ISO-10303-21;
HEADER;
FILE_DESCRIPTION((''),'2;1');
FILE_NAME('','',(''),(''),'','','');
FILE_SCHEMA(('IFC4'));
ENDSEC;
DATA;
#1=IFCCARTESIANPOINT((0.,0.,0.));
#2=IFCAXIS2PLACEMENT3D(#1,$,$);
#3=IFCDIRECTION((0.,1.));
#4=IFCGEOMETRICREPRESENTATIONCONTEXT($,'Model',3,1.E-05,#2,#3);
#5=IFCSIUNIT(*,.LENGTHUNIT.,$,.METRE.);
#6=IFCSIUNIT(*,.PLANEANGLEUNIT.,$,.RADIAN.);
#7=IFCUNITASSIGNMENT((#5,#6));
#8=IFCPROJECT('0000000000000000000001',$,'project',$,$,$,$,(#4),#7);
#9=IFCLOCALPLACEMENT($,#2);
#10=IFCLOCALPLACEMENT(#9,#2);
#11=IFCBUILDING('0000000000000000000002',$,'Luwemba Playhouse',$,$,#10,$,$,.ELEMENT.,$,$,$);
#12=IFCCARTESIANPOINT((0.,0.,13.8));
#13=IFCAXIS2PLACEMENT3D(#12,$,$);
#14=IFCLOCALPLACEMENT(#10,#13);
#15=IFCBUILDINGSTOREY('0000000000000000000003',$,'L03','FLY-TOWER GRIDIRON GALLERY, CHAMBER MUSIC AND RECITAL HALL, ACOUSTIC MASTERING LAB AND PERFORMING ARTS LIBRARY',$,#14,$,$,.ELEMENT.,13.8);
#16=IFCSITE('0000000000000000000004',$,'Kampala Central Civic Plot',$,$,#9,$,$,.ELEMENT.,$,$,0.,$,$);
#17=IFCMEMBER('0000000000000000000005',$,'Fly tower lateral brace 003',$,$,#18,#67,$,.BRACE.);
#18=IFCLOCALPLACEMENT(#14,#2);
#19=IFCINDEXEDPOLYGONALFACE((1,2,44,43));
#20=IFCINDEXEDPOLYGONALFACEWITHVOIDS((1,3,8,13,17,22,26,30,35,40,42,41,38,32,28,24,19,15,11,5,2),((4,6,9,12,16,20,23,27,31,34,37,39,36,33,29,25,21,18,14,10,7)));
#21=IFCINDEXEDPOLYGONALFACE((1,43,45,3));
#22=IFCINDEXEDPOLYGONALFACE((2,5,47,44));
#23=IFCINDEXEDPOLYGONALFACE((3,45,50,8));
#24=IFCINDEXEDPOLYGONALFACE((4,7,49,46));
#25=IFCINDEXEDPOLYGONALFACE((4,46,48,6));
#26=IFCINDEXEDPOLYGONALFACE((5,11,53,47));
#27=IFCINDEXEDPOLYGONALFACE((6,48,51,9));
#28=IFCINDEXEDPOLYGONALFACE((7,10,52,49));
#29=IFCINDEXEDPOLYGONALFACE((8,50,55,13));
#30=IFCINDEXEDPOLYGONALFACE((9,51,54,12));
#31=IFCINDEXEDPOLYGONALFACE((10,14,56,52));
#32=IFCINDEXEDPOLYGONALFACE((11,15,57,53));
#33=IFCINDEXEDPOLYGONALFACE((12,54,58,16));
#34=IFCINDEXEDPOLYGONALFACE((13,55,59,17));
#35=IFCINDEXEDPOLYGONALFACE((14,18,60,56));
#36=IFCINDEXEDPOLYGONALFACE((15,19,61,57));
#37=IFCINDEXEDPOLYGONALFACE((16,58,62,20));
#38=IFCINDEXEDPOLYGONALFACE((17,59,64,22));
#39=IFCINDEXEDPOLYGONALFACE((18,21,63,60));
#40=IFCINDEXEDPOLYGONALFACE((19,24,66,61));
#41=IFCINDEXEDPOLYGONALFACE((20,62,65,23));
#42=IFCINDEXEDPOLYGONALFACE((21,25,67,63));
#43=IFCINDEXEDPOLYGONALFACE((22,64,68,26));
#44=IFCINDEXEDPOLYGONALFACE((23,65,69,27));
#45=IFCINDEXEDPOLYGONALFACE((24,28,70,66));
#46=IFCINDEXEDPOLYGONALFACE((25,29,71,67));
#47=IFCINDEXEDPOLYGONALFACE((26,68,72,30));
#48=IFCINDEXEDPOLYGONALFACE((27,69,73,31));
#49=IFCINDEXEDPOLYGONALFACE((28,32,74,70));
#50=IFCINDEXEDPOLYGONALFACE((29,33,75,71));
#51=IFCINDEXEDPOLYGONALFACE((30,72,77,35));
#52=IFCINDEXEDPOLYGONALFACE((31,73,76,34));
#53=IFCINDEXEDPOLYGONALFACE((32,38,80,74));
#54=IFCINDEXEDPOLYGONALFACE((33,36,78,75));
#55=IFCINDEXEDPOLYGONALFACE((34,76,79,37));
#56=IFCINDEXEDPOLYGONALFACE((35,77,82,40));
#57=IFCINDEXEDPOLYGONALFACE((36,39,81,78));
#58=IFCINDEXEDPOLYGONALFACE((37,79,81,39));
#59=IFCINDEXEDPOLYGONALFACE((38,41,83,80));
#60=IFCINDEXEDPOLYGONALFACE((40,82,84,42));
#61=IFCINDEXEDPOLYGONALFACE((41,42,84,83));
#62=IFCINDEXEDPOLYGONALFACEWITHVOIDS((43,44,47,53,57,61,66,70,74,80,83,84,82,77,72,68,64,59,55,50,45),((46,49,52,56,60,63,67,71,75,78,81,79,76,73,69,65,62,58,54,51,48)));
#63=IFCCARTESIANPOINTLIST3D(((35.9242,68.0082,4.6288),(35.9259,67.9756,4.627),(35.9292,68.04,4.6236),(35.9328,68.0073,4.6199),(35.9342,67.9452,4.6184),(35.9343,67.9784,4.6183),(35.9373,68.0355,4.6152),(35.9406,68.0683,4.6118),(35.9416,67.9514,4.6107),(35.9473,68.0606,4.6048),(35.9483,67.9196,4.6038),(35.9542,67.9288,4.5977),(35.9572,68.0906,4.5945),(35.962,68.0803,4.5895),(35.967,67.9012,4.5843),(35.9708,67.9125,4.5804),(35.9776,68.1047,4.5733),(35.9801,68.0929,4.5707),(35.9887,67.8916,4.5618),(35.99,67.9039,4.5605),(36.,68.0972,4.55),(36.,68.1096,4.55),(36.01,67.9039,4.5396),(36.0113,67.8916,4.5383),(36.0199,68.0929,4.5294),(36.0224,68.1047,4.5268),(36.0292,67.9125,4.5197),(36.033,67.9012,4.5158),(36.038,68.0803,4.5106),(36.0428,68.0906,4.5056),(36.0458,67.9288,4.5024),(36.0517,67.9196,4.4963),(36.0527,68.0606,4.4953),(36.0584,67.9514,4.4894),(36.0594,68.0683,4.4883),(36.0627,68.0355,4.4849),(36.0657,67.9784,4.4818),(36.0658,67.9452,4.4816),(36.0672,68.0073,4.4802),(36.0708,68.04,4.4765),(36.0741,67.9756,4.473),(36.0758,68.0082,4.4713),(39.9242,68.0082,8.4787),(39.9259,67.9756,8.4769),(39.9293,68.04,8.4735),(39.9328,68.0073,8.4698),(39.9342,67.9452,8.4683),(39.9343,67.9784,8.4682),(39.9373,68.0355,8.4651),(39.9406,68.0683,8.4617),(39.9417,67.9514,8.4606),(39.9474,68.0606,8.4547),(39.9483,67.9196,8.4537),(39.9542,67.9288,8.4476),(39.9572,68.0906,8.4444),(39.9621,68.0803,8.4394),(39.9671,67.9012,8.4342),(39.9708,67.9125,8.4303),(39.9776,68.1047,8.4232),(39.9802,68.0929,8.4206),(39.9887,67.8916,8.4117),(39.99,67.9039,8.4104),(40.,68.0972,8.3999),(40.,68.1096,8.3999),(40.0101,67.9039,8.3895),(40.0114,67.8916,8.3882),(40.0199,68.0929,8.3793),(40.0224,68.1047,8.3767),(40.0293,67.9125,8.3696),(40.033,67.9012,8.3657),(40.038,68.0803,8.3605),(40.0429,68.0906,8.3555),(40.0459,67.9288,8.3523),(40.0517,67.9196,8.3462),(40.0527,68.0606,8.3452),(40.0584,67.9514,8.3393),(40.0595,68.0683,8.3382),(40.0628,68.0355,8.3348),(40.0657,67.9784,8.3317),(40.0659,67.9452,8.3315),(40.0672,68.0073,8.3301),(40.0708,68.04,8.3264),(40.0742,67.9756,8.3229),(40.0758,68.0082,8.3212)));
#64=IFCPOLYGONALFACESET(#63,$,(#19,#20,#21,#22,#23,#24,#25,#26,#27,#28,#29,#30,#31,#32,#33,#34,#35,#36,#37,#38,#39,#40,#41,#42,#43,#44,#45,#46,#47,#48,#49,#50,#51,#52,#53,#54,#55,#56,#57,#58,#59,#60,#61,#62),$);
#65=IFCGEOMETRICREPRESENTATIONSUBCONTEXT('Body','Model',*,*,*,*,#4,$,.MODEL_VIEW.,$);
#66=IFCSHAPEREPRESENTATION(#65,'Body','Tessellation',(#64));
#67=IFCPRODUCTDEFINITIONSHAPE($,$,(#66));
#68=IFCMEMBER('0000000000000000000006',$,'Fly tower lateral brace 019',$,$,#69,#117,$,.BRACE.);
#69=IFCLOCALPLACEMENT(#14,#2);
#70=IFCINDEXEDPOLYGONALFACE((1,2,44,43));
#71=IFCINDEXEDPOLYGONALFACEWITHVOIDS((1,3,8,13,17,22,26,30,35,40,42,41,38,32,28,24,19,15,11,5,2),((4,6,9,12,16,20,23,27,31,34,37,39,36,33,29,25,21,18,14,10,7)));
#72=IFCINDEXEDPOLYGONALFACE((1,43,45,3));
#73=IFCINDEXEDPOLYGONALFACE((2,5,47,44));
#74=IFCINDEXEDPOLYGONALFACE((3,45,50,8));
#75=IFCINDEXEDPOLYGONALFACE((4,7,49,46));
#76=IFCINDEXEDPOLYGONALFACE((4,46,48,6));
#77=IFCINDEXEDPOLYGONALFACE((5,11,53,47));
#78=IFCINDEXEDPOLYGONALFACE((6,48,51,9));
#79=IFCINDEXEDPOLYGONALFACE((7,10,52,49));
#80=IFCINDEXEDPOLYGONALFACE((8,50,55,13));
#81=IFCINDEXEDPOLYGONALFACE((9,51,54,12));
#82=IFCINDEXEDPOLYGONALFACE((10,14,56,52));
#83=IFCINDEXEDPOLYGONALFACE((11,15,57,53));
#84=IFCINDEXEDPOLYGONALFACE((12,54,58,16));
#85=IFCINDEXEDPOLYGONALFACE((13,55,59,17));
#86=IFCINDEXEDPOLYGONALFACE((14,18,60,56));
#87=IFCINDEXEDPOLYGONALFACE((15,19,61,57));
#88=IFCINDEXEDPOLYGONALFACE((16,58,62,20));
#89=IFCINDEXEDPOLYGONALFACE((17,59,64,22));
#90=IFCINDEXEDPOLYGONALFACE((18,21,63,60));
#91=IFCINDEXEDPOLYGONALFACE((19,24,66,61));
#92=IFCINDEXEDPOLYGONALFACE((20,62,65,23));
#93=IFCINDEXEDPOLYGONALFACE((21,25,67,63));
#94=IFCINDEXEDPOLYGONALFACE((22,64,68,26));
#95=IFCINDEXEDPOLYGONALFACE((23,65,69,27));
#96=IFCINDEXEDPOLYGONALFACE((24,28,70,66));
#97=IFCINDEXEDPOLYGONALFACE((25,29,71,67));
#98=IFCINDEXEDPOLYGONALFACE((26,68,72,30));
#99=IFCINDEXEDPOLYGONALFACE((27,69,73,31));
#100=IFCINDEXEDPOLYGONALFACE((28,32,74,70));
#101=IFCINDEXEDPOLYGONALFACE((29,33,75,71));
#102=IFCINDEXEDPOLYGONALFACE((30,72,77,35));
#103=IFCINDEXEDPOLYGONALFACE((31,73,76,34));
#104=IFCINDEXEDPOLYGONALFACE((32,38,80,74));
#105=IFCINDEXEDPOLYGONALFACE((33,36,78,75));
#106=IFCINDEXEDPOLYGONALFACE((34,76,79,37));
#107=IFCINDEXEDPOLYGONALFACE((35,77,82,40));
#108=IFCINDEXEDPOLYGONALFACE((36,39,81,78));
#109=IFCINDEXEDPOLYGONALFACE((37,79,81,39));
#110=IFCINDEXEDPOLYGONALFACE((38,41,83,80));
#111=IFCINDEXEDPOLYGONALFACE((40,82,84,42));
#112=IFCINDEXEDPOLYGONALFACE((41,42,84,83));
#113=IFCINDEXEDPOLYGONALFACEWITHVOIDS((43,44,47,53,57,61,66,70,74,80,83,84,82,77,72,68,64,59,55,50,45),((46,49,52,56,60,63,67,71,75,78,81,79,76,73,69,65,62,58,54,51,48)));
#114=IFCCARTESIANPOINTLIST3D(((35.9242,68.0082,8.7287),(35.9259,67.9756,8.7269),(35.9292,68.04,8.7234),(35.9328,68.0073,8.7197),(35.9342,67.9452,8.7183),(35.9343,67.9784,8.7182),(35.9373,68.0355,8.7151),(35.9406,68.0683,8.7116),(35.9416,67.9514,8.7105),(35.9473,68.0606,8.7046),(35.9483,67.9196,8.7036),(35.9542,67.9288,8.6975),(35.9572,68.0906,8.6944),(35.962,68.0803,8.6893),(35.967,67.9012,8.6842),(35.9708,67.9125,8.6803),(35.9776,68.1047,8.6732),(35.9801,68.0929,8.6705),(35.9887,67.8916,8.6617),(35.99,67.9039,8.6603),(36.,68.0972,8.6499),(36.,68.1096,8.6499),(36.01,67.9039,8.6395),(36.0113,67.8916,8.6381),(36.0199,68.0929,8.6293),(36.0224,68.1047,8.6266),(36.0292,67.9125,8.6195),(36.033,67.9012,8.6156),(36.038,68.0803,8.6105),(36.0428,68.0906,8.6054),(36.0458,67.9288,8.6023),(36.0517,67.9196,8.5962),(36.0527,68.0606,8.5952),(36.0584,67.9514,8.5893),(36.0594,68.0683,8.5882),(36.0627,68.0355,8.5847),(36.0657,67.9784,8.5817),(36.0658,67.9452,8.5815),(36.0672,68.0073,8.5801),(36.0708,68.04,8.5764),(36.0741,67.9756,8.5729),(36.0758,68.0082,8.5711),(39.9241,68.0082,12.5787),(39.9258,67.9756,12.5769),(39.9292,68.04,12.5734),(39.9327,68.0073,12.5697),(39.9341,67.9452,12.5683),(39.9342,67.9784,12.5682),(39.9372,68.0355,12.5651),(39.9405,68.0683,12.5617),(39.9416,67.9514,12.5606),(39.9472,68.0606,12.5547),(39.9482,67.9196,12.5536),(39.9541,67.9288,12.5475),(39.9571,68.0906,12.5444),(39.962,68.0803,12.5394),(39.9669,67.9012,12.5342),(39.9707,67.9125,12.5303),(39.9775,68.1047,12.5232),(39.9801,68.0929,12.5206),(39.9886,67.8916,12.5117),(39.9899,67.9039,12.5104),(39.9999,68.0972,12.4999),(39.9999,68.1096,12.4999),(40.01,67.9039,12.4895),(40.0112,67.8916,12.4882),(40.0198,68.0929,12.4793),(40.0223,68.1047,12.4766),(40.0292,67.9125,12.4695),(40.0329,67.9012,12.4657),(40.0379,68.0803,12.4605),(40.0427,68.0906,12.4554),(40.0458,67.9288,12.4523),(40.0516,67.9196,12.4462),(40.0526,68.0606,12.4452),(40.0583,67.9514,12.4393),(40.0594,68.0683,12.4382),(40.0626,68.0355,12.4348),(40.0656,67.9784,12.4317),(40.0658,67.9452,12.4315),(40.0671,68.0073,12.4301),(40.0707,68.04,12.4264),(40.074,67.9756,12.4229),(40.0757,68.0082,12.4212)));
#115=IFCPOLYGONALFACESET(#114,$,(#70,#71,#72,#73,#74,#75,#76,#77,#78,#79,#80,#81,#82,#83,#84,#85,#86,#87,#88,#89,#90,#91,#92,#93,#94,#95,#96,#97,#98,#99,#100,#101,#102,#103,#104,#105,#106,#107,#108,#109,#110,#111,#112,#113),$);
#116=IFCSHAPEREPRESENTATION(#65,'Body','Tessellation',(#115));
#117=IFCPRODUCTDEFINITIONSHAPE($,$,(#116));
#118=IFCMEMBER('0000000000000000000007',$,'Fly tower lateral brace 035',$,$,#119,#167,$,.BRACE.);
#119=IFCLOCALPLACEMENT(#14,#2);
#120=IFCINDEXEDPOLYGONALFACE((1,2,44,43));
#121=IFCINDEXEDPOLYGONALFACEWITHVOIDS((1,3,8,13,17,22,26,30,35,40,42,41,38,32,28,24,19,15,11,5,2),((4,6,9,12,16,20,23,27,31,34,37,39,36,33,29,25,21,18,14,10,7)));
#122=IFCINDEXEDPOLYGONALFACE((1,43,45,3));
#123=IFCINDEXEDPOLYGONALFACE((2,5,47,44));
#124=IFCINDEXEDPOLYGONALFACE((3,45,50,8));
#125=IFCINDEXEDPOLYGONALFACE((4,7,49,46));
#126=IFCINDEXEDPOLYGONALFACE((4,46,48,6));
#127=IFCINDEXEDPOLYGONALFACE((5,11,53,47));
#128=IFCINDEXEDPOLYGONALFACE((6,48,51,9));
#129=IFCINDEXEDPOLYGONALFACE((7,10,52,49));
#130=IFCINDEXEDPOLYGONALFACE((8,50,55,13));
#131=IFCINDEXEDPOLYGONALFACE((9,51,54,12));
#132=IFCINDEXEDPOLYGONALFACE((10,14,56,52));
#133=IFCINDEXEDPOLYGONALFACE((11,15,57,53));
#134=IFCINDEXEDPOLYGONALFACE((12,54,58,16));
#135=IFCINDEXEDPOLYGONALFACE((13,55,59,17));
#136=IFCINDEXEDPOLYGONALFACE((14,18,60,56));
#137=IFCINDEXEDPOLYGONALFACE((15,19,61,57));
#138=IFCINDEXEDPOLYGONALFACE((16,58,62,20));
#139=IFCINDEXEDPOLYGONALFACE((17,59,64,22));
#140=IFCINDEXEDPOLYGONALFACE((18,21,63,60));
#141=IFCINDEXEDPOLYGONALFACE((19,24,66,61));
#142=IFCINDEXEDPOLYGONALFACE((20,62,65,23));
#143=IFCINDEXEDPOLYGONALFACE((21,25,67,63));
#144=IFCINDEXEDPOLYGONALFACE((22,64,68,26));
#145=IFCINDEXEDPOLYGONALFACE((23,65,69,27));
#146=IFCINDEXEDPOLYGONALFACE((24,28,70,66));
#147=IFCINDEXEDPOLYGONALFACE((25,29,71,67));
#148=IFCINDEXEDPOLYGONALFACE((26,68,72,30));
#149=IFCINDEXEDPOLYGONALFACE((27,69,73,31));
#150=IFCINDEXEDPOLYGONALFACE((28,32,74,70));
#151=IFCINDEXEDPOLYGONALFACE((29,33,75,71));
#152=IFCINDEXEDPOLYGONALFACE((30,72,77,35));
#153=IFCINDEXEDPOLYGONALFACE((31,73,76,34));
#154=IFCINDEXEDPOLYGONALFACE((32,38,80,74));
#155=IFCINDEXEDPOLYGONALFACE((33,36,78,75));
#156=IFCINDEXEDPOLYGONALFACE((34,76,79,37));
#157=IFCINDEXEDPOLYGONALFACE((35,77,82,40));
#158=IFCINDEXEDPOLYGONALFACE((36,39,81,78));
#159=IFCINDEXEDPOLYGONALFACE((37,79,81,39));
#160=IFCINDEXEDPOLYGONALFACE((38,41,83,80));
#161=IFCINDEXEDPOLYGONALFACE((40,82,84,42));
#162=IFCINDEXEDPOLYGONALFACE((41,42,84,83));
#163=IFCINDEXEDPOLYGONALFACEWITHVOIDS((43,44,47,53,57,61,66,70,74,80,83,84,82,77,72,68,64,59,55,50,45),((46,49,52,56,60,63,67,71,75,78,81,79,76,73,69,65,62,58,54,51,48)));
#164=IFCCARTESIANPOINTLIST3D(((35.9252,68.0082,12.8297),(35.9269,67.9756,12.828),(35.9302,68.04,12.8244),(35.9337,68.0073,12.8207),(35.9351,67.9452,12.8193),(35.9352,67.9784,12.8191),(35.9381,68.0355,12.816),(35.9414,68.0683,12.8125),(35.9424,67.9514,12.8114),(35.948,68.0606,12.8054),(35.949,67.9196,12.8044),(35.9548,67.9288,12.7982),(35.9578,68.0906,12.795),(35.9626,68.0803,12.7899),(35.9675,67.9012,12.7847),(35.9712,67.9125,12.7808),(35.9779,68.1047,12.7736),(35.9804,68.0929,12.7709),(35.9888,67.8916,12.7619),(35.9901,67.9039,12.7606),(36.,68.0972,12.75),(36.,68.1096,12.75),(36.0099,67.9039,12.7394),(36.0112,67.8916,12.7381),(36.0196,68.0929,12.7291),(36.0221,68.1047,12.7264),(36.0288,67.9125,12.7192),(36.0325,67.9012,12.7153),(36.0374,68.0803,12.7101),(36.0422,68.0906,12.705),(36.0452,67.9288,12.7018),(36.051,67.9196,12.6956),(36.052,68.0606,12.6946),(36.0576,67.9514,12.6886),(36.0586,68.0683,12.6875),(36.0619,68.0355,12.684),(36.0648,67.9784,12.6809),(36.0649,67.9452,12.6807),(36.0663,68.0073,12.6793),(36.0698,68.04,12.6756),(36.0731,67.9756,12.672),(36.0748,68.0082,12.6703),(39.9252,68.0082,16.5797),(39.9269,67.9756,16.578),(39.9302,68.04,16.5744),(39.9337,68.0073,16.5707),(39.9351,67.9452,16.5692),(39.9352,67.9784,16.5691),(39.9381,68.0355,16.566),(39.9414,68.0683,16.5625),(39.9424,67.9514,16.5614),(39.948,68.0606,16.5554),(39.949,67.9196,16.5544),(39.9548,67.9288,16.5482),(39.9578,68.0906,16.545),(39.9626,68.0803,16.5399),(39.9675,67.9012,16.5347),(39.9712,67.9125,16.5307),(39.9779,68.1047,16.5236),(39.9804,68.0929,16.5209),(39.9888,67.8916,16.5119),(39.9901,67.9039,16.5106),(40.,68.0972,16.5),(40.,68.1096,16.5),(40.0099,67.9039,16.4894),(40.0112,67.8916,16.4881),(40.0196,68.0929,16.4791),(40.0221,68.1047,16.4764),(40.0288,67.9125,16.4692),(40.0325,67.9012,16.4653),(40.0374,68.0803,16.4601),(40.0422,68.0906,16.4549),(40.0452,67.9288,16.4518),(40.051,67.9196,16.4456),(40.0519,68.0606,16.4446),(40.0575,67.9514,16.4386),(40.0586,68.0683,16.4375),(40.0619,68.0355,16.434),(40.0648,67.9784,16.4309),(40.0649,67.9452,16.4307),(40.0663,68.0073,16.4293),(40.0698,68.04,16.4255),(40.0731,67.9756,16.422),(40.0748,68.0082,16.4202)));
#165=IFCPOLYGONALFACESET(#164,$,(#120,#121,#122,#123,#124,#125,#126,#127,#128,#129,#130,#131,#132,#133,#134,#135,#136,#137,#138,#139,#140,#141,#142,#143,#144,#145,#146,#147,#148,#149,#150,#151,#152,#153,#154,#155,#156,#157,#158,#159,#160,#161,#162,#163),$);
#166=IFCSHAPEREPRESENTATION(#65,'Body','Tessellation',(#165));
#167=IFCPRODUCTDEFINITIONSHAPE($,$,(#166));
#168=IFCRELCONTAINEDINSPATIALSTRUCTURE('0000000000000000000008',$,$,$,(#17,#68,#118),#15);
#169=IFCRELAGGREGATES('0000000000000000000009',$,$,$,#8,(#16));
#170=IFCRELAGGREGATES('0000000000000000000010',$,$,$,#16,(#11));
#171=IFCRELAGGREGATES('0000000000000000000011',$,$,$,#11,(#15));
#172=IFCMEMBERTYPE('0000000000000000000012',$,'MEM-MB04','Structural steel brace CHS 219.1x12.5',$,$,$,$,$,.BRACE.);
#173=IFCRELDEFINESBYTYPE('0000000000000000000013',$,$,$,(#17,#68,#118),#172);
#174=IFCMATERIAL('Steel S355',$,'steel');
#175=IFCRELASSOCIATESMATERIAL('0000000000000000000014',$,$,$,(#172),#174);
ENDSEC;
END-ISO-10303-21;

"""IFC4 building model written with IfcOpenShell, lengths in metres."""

from ifc_helpers import new_model, si_unit, direction, frame, origin, origin_2d, place, context, subcontext, project, spatial, hollow_circle, extrude, material, material_profile, profile_set, type_object, element, save


model = new_model("IFC4")

# Units and contexts
model_context = context("Model", 3, precision=1e-05, world=origin(), true_north=direction((0.0, 1.0)))
body_context = subcontext(model_context, "Body", "Model", "MODEL_VIEW")
ifc_project = project(units=[si_unit("LENGTHUNIT", "METRE"), si_unit("PLANEANGLEUNIT", "RADIAN")], contexts=[model_context])

# Site, building, storey
site_placement = place(None, origin())
site = spatial("IfcSite", under=ifc_project, at=site_placement, Name="Kampala Central Civic Plot", CompositionType="ELEMENT", RefElevation=0.0)
building_placement = place(site_placement, origin())
building = spatial("IfcBuilding", under=site, at=building_placement, Name="Luwemba Playhouse", CompositionType="ELEMENT")
storey_placement = place(building_placement, frame((0.0, 0.0, 13.8)))
storey = spatial("IfcBuildingStorey", under=building, at=storey_placement, Name="L03", Description="FLY-TOWER GRIDIRON GALLERY, CHAMBER MUSIC AND RECITAL HALL, ACOUSTIC MASTERING LAB AND PERFORMING ARTS LIBRARY", CompositionType="ELEMENT", Elevation=13.8)

# Shared definitions
ifc_material_1 = material(Name="Steel S355", Category="steel")

# Members
ifc_material_profile_1 = material_profile(ifc_material_1, hollow_circle(Radius=0.1096, WallThickness=0.0125, at=origin_2d()))
ifc_profile_set_1 = profile_set([ifc_material_profile_1], Name="Steel S355")
member_type_1 = type_object("IfcMemberType", Name="MEM-MB04", Description="Structural steel brace CHS 219.1x12.5", PredefinedType="BRACE", material=ifc_profile_set_1)
for number, where, z_axis, x_axis, name in (
    (1, (36.0, 68.0, 4.55), (0.7205, 0.0, 0.693455), (0.0, 1.0, 0.0), "Fly tower lateral brace 003"),
    (2, (36.0, 68.0, 8.6499), (0.720478, 0.0, 0.693478), (0.0, 1.0, 0.0), "Fly tower lateral brace 019"),
):
    element("IfcMember", number, at=place(storey_placement, frame(where, z_axis=z_axis, x_axis=x_axis)), inside=storey, type_object=member_type_1, Name=name, PredefinedType="BRACE", context=body_context, shape_type="SweptSolid", body=[
        extrude(hollow_circle(Radius=0.1096, WallThickness=0.0125, at=origin_2d()), origin(), (0.0, 0.0, 1.0), 5.5518),
    ])
member_1_placement = place(storey_placement, frame((36.0, 68.0, 12.75), z_axis=(0.729537, 0.0, 0.683941), x_axis=(0.0, 1.0, 0.0)))
element("IfcMember", 3, at=member_1_placement, inside=storey, type_object=member_type_1, Name="Fly tower lateral brace 035", PredefinedType="BRACE", context=body_context, shape_type="SweptSolid", body=[
    extrude(hollow_circle(Radius=0.1096, WallThickness=0.0125, at=origin_2d()), origin(), (0.0, 0.0, 1.0), 5.4829),
])

save(model, "model.ifc")
